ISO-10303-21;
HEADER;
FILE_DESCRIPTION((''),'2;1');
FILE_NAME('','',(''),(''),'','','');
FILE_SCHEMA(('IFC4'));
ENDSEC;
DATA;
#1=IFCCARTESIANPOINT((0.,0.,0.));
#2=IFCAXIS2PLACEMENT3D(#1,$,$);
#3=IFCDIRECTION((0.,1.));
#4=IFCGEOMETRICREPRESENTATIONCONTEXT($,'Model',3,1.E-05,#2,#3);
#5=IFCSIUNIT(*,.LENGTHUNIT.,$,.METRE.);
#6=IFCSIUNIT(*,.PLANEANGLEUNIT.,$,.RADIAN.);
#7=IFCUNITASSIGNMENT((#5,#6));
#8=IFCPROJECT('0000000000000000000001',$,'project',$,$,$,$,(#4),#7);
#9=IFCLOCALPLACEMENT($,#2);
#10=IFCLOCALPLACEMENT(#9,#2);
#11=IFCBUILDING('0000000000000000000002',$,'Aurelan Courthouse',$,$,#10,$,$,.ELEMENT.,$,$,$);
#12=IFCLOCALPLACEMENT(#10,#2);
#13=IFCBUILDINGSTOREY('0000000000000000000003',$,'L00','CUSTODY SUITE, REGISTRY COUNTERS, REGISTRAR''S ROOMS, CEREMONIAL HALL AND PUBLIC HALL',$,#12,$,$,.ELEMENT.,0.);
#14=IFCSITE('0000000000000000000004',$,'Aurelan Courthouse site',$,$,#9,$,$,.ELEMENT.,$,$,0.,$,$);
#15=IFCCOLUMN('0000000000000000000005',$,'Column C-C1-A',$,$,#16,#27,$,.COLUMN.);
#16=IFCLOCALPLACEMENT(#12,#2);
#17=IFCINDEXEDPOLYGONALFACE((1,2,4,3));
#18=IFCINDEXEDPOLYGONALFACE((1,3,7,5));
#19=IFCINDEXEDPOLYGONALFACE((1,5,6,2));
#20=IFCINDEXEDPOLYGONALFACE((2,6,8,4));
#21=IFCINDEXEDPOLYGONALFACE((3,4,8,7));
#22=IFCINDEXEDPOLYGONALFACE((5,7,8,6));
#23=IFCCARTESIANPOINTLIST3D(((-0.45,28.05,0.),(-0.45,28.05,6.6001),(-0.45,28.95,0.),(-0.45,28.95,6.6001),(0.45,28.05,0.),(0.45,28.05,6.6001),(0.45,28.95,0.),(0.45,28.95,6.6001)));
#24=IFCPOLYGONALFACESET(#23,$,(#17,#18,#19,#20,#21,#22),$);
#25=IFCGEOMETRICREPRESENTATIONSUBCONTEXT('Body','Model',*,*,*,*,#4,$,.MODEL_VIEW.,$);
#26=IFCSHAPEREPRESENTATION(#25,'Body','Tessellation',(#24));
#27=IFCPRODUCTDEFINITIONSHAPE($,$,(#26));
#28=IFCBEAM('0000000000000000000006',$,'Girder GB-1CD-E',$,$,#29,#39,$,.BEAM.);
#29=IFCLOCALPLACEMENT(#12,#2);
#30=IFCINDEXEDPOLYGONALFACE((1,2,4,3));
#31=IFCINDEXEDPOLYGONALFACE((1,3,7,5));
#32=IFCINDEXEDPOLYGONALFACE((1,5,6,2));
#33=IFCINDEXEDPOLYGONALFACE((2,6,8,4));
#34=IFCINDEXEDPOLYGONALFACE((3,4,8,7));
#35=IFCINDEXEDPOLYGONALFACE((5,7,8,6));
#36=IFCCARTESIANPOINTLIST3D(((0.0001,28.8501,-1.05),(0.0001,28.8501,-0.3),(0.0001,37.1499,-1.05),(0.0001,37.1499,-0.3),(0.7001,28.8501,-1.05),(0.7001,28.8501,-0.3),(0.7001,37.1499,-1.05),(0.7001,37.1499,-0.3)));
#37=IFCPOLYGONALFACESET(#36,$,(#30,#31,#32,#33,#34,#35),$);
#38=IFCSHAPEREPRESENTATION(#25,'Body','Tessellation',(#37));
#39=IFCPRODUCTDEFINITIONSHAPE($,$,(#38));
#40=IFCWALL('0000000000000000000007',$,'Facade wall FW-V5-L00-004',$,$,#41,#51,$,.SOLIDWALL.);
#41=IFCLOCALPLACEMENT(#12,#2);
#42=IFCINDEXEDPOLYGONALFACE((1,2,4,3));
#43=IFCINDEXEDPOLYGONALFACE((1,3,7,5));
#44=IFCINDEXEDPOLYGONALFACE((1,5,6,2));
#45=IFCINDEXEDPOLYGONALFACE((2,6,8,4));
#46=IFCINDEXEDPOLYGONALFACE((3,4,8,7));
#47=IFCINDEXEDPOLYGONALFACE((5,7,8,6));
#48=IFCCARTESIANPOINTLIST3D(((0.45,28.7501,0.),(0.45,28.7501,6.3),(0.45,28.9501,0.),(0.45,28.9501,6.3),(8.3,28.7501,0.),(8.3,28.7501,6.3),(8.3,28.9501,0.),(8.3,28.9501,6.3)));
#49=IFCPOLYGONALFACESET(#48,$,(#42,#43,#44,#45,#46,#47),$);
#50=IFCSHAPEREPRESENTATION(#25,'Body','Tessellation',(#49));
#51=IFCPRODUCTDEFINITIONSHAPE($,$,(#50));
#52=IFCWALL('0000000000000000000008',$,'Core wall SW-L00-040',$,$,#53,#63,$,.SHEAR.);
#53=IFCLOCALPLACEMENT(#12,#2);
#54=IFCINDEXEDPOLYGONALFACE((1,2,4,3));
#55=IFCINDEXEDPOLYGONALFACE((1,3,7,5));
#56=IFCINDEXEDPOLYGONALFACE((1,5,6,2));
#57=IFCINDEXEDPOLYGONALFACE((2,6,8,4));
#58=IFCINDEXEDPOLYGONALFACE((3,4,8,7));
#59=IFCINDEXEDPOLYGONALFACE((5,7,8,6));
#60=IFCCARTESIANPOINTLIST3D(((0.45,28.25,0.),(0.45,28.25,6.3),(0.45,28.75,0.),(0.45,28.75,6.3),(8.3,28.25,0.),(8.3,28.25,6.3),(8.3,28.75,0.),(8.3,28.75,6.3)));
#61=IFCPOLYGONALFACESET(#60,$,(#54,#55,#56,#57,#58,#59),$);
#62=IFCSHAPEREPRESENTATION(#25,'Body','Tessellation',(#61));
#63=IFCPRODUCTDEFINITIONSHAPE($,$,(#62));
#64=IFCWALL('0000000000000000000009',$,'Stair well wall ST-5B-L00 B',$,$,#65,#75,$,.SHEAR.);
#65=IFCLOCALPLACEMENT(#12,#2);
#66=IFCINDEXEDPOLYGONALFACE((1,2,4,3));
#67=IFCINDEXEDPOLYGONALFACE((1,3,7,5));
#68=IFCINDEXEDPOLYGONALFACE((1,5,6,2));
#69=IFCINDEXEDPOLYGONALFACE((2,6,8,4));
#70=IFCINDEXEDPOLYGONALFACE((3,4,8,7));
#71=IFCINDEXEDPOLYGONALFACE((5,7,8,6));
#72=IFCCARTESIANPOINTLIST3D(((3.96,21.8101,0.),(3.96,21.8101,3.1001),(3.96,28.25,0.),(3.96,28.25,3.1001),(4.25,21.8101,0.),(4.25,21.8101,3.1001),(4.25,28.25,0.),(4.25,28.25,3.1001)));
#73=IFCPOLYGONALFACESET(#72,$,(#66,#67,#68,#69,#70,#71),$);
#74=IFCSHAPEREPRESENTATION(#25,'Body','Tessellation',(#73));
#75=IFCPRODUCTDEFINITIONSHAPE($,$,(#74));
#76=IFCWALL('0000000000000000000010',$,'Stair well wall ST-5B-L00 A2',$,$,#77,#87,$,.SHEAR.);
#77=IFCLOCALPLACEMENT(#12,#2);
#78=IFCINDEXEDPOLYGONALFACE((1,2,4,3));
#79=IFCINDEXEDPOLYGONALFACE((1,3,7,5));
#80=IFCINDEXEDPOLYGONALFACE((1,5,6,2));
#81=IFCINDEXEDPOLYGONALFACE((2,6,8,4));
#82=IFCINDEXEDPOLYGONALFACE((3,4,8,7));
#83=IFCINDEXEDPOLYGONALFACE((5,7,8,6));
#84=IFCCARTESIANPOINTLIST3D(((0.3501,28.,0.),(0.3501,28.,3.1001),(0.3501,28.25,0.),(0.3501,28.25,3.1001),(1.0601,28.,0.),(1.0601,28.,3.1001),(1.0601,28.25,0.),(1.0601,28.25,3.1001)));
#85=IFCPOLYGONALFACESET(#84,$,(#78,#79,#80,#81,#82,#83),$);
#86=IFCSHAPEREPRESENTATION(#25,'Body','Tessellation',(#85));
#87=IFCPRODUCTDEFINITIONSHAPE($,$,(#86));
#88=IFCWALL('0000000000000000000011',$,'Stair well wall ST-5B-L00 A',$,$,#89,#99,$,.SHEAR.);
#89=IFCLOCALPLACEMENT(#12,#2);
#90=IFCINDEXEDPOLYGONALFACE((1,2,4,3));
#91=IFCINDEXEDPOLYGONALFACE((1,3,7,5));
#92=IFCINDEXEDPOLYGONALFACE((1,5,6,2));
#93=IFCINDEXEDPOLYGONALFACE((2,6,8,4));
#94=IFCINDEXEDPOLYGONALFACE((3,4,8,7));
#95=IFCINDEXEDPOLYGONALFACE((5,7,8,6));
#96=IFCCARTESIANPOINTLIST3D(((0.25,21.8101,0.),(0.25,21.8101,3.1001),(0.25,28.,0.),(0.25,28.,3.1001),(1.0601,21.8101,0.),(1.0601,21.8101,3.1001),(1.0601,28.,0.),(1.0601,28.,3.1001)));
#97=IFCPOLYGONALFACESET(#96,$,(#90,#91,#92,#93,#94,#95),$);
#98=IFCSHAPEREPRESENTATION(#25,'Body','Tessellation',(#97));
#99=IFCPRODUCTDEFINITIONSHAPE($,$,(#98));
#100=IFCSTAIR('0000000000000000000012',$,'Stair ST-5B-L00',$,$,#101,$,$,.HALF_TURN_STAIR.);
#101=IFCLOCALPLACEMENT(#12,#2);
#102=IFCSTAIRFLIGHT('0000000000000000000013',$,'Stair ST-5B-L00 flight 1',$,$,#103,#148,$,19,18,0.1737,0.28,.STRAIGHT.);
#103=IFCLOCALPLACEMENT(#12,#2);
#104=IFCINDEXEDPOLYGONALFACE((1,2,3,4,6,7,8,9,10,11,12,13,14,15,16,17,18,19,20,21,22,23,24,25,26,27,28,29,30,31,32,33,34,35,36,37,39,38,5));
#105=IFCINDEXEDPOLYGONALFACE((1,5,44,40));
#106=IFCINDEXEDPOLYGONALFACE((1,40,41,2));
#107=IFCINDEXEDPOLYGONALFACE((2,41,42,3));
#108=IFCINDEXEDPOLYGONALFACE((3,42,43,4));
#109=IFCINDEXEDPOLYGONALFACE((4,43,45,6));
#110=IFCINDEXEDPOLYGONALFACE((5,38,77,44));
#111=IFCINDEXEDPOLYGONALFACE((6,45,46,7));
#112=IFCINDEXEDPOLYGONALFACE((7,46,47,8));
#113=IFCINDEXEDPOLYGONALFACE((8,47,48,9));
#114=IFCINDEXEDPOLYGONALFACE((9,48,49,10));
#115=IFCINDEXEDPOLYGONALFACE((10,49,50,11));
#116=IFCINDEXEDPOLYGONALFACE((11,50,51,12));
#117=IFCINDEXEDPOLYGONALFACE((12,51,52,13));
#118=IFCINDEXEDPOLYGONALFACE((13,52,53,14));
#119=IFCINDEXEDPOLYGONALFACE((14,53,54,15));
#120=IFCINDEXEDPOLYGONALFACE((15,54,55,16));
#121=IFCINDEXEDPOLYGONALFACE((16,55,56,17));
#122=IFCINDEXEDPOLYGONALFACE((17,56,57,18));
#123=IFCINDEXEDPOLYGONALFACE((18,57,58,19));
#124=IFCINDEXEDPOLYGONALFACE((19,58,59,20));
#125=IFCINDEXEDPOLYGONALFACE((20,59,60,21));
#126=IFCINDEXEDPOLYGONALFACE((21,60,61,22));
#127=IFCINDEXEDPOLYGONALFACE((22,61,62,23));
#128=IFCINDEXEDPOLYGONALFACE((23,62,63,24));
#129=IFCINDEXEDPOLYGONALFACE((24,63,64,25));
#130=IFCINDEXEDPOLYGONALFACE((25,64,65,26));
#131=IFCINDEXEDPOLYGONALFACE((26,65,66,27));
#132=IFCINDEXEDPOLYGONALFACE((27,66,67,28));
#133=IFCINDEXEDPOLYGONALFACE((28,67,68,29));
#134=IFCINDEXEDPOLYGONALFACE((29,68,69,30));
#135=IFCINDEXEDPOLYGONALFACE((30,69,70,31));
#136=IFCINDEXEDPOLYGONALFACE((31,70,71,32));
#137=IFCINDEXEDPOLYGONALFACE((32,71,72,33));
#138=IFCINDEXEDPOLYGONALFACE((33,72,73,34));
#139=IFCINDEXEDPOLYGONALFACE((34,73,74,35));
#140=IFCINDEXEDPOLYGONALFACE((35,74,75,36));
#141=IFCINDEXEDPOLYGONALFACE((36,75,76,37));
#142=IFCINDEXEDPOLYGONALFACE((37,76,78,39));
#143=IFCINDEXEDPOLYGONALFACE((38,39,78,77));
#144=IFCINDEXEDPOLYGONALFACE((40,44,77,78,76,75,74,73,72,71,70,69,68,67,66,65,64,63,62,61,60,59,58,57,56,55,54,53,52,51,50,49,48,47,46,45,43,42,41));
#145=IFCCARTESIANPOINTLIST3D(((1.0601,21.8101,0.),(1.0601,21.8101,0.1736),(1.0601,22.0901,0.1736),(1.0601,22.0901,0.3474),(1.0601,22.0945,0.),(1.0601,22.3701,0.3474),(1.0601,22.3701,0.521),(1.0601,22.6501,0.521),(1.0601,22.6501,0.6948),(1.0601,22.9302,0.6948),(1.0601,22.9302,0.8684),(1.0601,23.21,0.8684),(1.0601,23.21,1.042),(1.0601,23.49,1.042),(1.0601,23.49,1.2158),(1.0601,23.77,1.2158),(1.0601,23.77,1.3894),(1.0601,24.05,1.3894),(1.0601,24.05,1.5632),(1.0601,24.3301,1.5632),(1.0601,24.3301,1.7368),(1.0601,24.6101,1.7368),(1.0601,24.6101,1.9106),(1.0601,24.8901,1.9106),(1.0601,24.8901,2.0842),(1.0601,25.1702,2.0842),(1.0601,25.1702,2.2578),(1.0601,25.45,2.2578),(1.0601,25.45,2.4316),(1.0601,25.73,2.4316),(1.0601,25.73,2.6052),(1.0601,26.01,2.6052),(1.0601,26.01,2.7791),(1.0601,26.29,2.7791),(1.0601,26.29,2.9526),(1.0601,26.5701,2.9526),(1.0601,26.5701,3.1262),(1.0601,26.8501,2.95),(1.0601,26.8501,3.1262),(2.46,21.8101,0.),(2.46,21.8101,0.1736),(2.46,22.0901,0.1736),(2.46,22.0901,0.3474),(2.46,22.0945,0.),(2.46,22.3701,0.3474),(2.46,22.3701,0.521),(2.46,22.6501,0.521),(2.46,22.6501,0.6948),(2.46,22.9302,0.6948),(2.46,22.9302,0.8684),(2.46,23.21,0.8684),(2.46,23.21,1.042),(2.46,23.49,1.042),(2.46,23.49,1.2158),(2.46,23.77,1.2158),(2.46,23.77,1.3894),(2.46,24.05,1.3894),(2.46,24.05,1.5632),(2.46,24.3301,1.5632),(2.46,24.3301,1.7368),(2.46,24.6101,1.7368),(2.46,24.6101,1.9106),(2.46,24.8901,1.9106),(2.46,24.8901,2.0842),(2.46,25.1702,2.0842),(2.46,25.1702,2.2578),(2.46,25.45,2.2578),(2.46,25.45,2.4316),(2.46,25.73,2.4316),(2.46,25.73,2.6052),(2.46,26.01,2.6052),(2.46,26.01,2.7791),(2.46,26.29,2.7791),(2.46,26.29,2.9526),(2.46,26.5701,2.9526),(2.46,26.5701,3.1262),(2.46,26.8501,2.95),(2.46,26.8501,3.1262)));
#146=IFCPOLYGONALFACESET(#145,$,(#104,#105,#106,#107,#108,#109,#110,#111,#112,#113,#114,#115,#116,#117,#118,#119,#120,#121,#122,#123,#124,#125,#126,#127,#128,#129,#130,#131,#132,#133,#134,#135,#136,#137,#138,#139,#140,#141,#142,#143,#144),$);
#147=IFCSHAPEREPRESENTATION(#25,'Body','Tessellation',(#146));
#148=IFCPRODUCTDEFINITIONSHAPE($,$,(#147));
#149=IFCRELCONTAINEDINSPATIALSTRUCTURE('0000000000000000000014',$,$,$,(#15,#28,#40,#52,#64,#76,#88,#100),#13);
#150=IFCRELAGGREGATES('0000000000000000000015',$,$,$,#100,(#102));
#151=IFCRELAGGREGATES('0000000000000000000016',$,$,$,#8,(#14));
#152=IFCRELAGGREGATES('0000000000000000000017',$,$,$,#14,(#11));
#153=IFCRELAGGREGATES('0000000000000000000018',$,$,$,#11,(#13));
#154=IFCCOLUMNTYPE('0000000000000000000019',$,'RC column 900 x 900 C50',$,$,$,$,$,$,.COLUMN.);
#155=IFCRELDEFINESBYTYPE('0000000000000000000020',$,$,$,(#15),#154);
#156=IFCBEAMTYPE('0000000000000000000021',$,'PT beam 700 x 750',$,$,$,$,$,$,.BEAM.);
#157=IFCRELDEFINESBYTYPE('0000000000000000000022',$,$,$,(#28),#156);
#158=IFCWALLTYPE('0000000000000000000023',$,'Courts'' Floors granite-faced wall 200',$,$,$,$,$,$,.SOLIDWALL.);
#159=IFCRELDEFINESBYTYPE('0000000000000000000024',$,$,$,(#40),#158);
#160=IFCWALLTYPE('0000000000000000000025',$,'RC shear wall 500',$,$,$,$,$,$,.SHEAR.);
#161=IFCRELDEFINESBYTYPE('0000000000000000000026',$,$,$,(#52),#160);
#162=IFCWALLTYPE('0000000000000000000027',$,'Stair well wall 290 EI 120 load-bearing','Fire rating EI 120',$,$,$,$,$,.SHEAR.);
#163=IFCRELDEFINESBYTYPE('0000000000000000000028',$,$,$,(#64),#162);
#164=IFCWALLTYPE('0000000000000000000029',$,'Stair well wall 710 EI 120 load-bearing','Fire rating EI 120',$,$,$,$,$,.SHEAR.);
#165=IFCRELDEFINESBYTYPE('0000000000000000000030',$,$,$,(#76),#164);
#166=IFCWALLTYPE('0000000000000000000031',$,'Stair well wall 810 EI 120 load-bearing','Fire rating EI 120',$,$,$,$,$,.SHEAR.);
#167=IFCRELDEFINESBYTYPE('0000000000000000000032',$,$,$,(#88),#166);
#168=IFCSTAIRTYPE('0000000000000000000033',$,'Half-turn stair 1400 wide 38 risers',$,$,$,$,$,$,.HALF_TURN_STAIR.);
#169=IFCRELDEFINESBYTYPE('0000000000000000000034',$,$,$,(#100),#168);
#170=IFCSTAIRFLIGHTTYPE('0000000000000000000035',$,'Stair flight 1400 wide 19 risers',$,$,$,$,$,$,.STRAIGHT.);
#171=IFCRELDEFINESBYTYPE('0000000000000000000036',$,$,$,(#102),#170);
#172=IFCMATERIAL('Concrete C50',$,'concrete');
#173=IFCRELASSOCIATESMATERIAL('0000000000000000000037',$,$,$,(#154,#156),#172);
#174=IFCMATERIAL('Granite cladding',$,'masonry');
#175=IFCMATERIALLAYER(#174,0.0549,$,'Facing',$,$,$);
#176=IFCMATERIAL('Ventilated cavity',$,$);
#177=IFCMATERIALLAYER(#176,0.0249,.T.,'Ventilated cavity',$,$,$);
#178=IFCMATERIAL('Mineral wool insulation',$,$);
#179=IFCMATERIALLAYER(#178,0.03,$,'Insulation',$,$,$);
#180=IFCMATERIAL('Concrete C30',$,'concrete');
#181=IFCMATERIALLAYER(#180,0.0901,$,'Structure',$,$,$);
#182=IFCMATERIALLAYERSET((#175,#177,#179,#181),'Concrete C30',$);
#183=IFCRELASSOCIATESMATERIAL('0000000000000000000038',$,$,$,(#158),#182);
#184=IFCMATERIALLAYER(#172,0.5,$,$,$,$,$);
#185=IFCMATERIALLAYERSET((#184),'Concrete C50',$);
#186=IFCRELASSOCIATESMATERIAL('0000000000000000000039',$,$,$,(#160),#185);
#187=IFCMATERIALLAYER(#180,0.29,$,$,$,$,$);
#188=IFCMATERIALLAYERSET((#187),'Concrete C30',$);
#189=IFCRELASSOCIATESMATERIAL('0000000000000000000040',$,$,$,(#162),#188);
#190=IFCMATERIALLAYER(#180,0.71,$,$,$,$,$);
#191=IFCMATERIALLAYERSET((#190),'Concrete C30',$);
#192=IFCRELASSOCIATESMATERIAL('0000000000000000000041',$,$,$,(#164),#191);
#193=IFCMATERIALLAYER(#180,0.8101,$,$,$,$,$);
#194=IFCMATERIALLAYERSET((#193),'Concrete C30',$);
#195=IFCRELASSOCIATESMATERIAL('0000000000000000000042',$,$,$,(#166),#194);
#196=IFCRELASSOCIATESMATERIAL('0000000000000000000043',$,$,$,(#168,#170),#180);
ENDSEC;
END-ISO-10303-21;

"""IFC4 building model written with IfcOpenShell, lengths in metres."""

from ifc_helpers import new_model, si_unit, direction, frame, frame_2d, origin, origin_2d, place, context, subcontext, project, spatial, polyline, rectangle, outline, extrude, material, layer, layer_set, material_profile, profile_set, type_object, element, aggregate, save


model = new_model("IFC4")

# Units and contexts
model_context = context("Model", 3, precision=1e-05, world=origin(), true_north=direction((0.0, 1.0)))
body_context = subcontext(model_context, "Body", "Model", "MODEL_VIEW")
ifc_project = project(units=[si_unit("LENGTHUNIT", "METRE"), si_unit("PLANEANGLEUNIT", "RADIAN")], contexts=[model_context])

# Site, building, storey
site_placement = place(None, origin())
site = spatial("IfcSite", under=ifc_project, at=site_placement, Name="Aurelan Courthouse site", CompositionType="ELEMENT", RefElevation=0.0)
building_placement = place(site_placement, origin())
building = spatial("IfcBuilding", under=site, at=building_placement, Name="Aurelan Courthouse", CompositionType="ELEMENT")
storey_placement = place(building_placement, origin())
storey = spatial("IfcBuildingStorey", under=building, at=storey_placement, Name="L00", Description="CUSTODY SUITE, REGISTRY COUNTERS, REGISTRAR'S ROOMS, CEREMONIAL HALL AND PUBLIC HALL", CompositionType="ELEMENT", Elevation=0.0)

# Column
ifc_material_1 = material(Name="Concrete C50", Category="concrete")
ifc_material_profile_1 = material_profile(ifc_material_1, rectangle(XDim=0.8999, YDim=0.8999, at=origin_2d()), Name="RC 900 x 900")
ifc_profile_set_1 = profile_set([ifc_material_profile_1], Name="Concrete C50")
column_type = type_object("IfcColumnType", Name="RC column 900 x 900 C50", PredefinedType="COLUMN", material=ifc_profile_set_1)
column_placement = place(storey_placement, frame((0.0, 28.5, 0.0), z_axis=(0.0, 0.0, 1.0), x_axis=(1.0, 0.0, 0.0)))
element("IfcColumn", 1, at=column_placement, inside=storey, type_object=column_type, Name="Column C-C1-A", PredefinedType="COLUMN", context=body_context, shape_type="SweptSolid", body=[
    extrude(rectangle(XDim=0.8999, YDim=0.8999, at=origin_2d()), origin(), (0.0, 0.0, 1.0), 6.6001),
])

# Beam
ifc_material_profile_2 = material_profile(ifc_material_1, rectangle(XDim=0.7, YDim=0.75, at=origin_2d()), Name="RC 700 x 750")
ifc_profile_set_2 = profile_set([ifc_material_profile_2], Name="Concrete C50")
beam_type = type_object("IfcBeamType", Name="PT beam 700 x 750", PredefinedType="BEAM", material=ifc_profile_set_2)
beam_placement = place(storey_placement, frame((0.3501, 28.8501, -0.675), z_axis=(0.0, 1.0, 0.0), x_axis=(-1.0, 0.0, 0.0)))
element("IfcBeam", 2, at=beam_placement, inside=storey, type_object=beam_type, Name="Girder GB-1CD-E", PredefinedType="BEAM", context=body_context, shape_type="SweptSolid", body=[
    extrude(rectangle(XDim=0.7, YDim=0.75, at=origin_2d()), origin(), (0.0, 0.0, 1.0), 8.2998),
])

# Walls
ifc_material_2 = material(Name="Granite cladding", Category="masonry")
ifc_layer_1 = layer(ifc_material_2, 0.0549, Name="Facing")
ifc_material_3 = material(Name="Ventilated cavity")
ifc_layer_2 = layer(ifc_material_3, 0.0249, ventilated=True, Name="Ventilated cavity")
ifc_material_4 = material(Name="Mineral wool insulation")
ifc_layer_3 = layer(ifc_material_4, 0.03, Name="Insulation")
ifc_material_5 = material(Name="Concrete C30", Category="concrete")
ifc_layer_4 = layer(ifc_material_5, 0.0901, Name="Structure")
ifc_layer_set_1 = layer_set([ifc_layer_1, ifc_layer_2, ifc_layer_3, ifc_layer_4], Name="Concrete C30")
wall_type_1 = type_object("IfcWallType", Name="Courts' Floors granite-faced wall 200", PredefinedType="SOLIDWALL", material=ifc_layer_set_1)
wall_1_placement = place(storey_placement, frame((0.45, 28.8501, 0.0), z_axis=(0.0, 0.0, 1.0), x_axis=(1.0, 0.0, 0.0)))
element("IfcWall", 3, at=wall_1_placement, inside=storey, type_object=wall_type_1, Name="Facade wall FW-V5-L00-004", PredefinedType="SOLIDWALL", context=body_context, shape_type="SweptSolid", body=[
    extrude(rectangle(XDim=7.8501, YDim=0.2, at=frame_2d((3.925, 0.0))), origin(), (0.0, 0.0, 1.0), 6.3),
])
ifc_layer_5 = layer(ifc_material_1, 0.5)
ifc_layer_set_2 = layer_set([ifc_layer_5], Name="Concrete C50")
wall_type_2 = type_object("IfcWallType", Name="RC shear wall 500", PredefinedType="SHEAR", material=ifc_layer_set_2)
wall_2_placement = place(storey_placement, frame((0.45, 28.5, 0.0), z_axis=(0.0, 0.0, 1.0), x_axis=(1.0, 0.0, 0.0)))
element("IfcWall", 4, at=wall_2_placement, inside=storey, type_object=wall_type_2, Name="Core wall SW-L00-040", PredefinedType="SHEAR", context=body_context, shape_type="SweptSolid", body=[
    extrude(rectangle(XDim=7.8501, YDim=0.5, at=frame_2d((3.925, 0.0))), origin(), (0.0, 0.0, 1.0), 6.3),
])
ifc_layer_6 = layer(ifc_material_5, 0.29)
ifc_layer_set_3 = layer_set([ifc_layer_6], Name="Concrete C30")
wall_type_3 = type_object("IfcWallType", Name="Stair well wall 290 EI 120 load-bearing", Description="Fire rating EI 120", PredefinedType="SHEAR", material=ifc_layer_set_3)
wall_3_placement = place(storey_placement, frame((4.105, 21.8101, 0.0), z_axis=(0.0, 0.0, 1.0), x_axis=(0.0, 1.0, 0.0)))
element("IfcWall", 5, at=wall_3_placement, inside=storey, type_object=wall_type_3, Name="Stair well wall ST-5B-L00 B", PredefinedType="SHEAR", context=body_context, shape_type="SweptSolid", body=[
    extrude(rectangle(XDim=6.4399, YDim=0.29, at=frame_2d((3.22, 0.0))), origin(), (0.0, 0.0, 1.0), 3.1001),
])
ifc_layer_7 = layer(ifc_material_5, 0.71)
ifc_layer_set_4 = layer_set([ifc_layer_7], Name="Concrete C30")
wall_type_4 = type_object("IfcWallType", Name="Stair well wall 710 EI 120 load-bearing", Description="Fire rating EI 120", PredefinedType="SHEAR", material=ifc_layer_set_4)
wall_4_placement = place(storey_placement, frame((0.7051, 28.0, 0.0), z_axis=(0.0, 0.0, 1.0), x_axis=(0.0, 1.0, 0.0)))
element("IfcWall", 6, at=wall_4_placement, inside=storey, type_object=wall_type_4, Name="Stair well wall ST-5B-L00 A2", PredefinedType="SHEAR", context=body_context, shape_type="SweptSolid", body=[
    extrude(rectangle(XDim=0.25, YDim=0.71, at=frame_2d((0.125, 0.0))), origin(), (0.0, 0.0, 1.0), 3.1001),
])
ifc_layer_8 = layer(ifc_material_5, 0.8101)
ifc_layer_set_5 = layer_set([ifc_layer_8], Name="Concrete C30")
wall_type_5 = type_object("IfcWallType", Name="Stair well wall 810 EI 120 load-bearing", Description="Fire rating EI 120", PredefinedType="SHEAR", material=ifc_layer_set_5)
wall_5_placement = place(storey_placement, frame((0.655, 21.8101, 0.0), z_axis=(0.0, 0.0, 1.0), x_axis=(0.0, 1.0, 0.0)))
element("IfcWall", 7, at=wall_5_placement, inside=storey, type_object=wall_type_5, Name="Stair well wall ST-5B-L00 A", PredefinedType="SHEAR", context=body_context, shape_type="SweptSolid", body=[
    extrude(rectangle(XDim=6.1899, YDim=0.8101, at=frame_2d((3.095, 0.0))), origin(), (0.0, 0.0, 1.0), 3.1001),
])

# Stair, stair flight
stair_type = type_object("IfcStairType", Name="Half-turn stair 1400 wide 38 risers", PredefinedType="HALF_TURN_STAIR", material=ifc_material_5)
stair_placement = place(storey_placement, origin())
stair = element("IfcStair", 8, at=stair_placement, inside=storey, type_object=stair_type, Name="Stair ST-5B-L00", PredefinedType="HALF_TURN_STAIR")
stair_flight_type = type_object("IfcStairFlightType", Name="Stair flight 1400 wide 19 risers", PredefinedType="STRAIGHT", material=ifc_material_5)
stair_flight_1_placement = place(storey_placement, frame((1.76, 21.8101, 0.0), z_axis=(0.0, 0.0, 1.0), x_axis=(0.0, 1.0, 0.0)))
stair_flight_1 = element("IfcStairFlight", 9, at=stair_flight_1_placement, type_object=stair_flight_type, Name="Stair ST-5B-L00 flight 1", NumberOfRisers=19, NumberOfTreads=18, PredefinedType="STRAIGHT", RiserHeight=0.1737, TreadLength=0.28, context=body_context, shape_type="SweptSolid", body=[
    extrude(outline(polyline([(0.0, 0.0), (0.0, 0.1736), (0.28, 0.1736), (0.28, 0.3474), (0.5601, 0.3474), (0.5601, 0.521), (0.8401, 0.521), (0.8401, 0.6948), (1.1201, 0.6948), (1.1201, 0.8684), (1.3999, 0.8684), (1.3999, 1.042), (1.6799, 1.042), (1.6799, 1.2158), (1.96, 1.2158), (1.96, 1.3894), (2.24, 1.3894), (2.24, 1.5632), (2.52, 1.5632), (2.52, 1.7368), (2.8, 1.7368), (2.8, 1.9106), (3.0801, 1.9106), (3.0801, 2.0842), (3.3601, 2.0842), (3.3601, 2.2578), (3.6399, 2.2578), (3.6399, 2.4316), (3.9199, 2.4316), (3.9199, 2.6052), (4.2, 2.6052), (4.2, 2.7791), (4.48, 2.7791), (4.48, 2.9526), (4.76, 2.9526), (4.76, 3.1262), (5.04, 3.1262), (5.04, 3.3), (5.04, 2.95), (0.2844, 0.0), (0.0, 0.0)])), frame((0.0, 0.7, 0.0), z_axis=(0.0, -1.0, 0.0), x_axis=(1.0, 0.0, 0.0)), (0.0, 0.0, 1.0), 1.3999),
])
aggregate(stair, [stair_flight_1])

save(model, "model.ifc")
